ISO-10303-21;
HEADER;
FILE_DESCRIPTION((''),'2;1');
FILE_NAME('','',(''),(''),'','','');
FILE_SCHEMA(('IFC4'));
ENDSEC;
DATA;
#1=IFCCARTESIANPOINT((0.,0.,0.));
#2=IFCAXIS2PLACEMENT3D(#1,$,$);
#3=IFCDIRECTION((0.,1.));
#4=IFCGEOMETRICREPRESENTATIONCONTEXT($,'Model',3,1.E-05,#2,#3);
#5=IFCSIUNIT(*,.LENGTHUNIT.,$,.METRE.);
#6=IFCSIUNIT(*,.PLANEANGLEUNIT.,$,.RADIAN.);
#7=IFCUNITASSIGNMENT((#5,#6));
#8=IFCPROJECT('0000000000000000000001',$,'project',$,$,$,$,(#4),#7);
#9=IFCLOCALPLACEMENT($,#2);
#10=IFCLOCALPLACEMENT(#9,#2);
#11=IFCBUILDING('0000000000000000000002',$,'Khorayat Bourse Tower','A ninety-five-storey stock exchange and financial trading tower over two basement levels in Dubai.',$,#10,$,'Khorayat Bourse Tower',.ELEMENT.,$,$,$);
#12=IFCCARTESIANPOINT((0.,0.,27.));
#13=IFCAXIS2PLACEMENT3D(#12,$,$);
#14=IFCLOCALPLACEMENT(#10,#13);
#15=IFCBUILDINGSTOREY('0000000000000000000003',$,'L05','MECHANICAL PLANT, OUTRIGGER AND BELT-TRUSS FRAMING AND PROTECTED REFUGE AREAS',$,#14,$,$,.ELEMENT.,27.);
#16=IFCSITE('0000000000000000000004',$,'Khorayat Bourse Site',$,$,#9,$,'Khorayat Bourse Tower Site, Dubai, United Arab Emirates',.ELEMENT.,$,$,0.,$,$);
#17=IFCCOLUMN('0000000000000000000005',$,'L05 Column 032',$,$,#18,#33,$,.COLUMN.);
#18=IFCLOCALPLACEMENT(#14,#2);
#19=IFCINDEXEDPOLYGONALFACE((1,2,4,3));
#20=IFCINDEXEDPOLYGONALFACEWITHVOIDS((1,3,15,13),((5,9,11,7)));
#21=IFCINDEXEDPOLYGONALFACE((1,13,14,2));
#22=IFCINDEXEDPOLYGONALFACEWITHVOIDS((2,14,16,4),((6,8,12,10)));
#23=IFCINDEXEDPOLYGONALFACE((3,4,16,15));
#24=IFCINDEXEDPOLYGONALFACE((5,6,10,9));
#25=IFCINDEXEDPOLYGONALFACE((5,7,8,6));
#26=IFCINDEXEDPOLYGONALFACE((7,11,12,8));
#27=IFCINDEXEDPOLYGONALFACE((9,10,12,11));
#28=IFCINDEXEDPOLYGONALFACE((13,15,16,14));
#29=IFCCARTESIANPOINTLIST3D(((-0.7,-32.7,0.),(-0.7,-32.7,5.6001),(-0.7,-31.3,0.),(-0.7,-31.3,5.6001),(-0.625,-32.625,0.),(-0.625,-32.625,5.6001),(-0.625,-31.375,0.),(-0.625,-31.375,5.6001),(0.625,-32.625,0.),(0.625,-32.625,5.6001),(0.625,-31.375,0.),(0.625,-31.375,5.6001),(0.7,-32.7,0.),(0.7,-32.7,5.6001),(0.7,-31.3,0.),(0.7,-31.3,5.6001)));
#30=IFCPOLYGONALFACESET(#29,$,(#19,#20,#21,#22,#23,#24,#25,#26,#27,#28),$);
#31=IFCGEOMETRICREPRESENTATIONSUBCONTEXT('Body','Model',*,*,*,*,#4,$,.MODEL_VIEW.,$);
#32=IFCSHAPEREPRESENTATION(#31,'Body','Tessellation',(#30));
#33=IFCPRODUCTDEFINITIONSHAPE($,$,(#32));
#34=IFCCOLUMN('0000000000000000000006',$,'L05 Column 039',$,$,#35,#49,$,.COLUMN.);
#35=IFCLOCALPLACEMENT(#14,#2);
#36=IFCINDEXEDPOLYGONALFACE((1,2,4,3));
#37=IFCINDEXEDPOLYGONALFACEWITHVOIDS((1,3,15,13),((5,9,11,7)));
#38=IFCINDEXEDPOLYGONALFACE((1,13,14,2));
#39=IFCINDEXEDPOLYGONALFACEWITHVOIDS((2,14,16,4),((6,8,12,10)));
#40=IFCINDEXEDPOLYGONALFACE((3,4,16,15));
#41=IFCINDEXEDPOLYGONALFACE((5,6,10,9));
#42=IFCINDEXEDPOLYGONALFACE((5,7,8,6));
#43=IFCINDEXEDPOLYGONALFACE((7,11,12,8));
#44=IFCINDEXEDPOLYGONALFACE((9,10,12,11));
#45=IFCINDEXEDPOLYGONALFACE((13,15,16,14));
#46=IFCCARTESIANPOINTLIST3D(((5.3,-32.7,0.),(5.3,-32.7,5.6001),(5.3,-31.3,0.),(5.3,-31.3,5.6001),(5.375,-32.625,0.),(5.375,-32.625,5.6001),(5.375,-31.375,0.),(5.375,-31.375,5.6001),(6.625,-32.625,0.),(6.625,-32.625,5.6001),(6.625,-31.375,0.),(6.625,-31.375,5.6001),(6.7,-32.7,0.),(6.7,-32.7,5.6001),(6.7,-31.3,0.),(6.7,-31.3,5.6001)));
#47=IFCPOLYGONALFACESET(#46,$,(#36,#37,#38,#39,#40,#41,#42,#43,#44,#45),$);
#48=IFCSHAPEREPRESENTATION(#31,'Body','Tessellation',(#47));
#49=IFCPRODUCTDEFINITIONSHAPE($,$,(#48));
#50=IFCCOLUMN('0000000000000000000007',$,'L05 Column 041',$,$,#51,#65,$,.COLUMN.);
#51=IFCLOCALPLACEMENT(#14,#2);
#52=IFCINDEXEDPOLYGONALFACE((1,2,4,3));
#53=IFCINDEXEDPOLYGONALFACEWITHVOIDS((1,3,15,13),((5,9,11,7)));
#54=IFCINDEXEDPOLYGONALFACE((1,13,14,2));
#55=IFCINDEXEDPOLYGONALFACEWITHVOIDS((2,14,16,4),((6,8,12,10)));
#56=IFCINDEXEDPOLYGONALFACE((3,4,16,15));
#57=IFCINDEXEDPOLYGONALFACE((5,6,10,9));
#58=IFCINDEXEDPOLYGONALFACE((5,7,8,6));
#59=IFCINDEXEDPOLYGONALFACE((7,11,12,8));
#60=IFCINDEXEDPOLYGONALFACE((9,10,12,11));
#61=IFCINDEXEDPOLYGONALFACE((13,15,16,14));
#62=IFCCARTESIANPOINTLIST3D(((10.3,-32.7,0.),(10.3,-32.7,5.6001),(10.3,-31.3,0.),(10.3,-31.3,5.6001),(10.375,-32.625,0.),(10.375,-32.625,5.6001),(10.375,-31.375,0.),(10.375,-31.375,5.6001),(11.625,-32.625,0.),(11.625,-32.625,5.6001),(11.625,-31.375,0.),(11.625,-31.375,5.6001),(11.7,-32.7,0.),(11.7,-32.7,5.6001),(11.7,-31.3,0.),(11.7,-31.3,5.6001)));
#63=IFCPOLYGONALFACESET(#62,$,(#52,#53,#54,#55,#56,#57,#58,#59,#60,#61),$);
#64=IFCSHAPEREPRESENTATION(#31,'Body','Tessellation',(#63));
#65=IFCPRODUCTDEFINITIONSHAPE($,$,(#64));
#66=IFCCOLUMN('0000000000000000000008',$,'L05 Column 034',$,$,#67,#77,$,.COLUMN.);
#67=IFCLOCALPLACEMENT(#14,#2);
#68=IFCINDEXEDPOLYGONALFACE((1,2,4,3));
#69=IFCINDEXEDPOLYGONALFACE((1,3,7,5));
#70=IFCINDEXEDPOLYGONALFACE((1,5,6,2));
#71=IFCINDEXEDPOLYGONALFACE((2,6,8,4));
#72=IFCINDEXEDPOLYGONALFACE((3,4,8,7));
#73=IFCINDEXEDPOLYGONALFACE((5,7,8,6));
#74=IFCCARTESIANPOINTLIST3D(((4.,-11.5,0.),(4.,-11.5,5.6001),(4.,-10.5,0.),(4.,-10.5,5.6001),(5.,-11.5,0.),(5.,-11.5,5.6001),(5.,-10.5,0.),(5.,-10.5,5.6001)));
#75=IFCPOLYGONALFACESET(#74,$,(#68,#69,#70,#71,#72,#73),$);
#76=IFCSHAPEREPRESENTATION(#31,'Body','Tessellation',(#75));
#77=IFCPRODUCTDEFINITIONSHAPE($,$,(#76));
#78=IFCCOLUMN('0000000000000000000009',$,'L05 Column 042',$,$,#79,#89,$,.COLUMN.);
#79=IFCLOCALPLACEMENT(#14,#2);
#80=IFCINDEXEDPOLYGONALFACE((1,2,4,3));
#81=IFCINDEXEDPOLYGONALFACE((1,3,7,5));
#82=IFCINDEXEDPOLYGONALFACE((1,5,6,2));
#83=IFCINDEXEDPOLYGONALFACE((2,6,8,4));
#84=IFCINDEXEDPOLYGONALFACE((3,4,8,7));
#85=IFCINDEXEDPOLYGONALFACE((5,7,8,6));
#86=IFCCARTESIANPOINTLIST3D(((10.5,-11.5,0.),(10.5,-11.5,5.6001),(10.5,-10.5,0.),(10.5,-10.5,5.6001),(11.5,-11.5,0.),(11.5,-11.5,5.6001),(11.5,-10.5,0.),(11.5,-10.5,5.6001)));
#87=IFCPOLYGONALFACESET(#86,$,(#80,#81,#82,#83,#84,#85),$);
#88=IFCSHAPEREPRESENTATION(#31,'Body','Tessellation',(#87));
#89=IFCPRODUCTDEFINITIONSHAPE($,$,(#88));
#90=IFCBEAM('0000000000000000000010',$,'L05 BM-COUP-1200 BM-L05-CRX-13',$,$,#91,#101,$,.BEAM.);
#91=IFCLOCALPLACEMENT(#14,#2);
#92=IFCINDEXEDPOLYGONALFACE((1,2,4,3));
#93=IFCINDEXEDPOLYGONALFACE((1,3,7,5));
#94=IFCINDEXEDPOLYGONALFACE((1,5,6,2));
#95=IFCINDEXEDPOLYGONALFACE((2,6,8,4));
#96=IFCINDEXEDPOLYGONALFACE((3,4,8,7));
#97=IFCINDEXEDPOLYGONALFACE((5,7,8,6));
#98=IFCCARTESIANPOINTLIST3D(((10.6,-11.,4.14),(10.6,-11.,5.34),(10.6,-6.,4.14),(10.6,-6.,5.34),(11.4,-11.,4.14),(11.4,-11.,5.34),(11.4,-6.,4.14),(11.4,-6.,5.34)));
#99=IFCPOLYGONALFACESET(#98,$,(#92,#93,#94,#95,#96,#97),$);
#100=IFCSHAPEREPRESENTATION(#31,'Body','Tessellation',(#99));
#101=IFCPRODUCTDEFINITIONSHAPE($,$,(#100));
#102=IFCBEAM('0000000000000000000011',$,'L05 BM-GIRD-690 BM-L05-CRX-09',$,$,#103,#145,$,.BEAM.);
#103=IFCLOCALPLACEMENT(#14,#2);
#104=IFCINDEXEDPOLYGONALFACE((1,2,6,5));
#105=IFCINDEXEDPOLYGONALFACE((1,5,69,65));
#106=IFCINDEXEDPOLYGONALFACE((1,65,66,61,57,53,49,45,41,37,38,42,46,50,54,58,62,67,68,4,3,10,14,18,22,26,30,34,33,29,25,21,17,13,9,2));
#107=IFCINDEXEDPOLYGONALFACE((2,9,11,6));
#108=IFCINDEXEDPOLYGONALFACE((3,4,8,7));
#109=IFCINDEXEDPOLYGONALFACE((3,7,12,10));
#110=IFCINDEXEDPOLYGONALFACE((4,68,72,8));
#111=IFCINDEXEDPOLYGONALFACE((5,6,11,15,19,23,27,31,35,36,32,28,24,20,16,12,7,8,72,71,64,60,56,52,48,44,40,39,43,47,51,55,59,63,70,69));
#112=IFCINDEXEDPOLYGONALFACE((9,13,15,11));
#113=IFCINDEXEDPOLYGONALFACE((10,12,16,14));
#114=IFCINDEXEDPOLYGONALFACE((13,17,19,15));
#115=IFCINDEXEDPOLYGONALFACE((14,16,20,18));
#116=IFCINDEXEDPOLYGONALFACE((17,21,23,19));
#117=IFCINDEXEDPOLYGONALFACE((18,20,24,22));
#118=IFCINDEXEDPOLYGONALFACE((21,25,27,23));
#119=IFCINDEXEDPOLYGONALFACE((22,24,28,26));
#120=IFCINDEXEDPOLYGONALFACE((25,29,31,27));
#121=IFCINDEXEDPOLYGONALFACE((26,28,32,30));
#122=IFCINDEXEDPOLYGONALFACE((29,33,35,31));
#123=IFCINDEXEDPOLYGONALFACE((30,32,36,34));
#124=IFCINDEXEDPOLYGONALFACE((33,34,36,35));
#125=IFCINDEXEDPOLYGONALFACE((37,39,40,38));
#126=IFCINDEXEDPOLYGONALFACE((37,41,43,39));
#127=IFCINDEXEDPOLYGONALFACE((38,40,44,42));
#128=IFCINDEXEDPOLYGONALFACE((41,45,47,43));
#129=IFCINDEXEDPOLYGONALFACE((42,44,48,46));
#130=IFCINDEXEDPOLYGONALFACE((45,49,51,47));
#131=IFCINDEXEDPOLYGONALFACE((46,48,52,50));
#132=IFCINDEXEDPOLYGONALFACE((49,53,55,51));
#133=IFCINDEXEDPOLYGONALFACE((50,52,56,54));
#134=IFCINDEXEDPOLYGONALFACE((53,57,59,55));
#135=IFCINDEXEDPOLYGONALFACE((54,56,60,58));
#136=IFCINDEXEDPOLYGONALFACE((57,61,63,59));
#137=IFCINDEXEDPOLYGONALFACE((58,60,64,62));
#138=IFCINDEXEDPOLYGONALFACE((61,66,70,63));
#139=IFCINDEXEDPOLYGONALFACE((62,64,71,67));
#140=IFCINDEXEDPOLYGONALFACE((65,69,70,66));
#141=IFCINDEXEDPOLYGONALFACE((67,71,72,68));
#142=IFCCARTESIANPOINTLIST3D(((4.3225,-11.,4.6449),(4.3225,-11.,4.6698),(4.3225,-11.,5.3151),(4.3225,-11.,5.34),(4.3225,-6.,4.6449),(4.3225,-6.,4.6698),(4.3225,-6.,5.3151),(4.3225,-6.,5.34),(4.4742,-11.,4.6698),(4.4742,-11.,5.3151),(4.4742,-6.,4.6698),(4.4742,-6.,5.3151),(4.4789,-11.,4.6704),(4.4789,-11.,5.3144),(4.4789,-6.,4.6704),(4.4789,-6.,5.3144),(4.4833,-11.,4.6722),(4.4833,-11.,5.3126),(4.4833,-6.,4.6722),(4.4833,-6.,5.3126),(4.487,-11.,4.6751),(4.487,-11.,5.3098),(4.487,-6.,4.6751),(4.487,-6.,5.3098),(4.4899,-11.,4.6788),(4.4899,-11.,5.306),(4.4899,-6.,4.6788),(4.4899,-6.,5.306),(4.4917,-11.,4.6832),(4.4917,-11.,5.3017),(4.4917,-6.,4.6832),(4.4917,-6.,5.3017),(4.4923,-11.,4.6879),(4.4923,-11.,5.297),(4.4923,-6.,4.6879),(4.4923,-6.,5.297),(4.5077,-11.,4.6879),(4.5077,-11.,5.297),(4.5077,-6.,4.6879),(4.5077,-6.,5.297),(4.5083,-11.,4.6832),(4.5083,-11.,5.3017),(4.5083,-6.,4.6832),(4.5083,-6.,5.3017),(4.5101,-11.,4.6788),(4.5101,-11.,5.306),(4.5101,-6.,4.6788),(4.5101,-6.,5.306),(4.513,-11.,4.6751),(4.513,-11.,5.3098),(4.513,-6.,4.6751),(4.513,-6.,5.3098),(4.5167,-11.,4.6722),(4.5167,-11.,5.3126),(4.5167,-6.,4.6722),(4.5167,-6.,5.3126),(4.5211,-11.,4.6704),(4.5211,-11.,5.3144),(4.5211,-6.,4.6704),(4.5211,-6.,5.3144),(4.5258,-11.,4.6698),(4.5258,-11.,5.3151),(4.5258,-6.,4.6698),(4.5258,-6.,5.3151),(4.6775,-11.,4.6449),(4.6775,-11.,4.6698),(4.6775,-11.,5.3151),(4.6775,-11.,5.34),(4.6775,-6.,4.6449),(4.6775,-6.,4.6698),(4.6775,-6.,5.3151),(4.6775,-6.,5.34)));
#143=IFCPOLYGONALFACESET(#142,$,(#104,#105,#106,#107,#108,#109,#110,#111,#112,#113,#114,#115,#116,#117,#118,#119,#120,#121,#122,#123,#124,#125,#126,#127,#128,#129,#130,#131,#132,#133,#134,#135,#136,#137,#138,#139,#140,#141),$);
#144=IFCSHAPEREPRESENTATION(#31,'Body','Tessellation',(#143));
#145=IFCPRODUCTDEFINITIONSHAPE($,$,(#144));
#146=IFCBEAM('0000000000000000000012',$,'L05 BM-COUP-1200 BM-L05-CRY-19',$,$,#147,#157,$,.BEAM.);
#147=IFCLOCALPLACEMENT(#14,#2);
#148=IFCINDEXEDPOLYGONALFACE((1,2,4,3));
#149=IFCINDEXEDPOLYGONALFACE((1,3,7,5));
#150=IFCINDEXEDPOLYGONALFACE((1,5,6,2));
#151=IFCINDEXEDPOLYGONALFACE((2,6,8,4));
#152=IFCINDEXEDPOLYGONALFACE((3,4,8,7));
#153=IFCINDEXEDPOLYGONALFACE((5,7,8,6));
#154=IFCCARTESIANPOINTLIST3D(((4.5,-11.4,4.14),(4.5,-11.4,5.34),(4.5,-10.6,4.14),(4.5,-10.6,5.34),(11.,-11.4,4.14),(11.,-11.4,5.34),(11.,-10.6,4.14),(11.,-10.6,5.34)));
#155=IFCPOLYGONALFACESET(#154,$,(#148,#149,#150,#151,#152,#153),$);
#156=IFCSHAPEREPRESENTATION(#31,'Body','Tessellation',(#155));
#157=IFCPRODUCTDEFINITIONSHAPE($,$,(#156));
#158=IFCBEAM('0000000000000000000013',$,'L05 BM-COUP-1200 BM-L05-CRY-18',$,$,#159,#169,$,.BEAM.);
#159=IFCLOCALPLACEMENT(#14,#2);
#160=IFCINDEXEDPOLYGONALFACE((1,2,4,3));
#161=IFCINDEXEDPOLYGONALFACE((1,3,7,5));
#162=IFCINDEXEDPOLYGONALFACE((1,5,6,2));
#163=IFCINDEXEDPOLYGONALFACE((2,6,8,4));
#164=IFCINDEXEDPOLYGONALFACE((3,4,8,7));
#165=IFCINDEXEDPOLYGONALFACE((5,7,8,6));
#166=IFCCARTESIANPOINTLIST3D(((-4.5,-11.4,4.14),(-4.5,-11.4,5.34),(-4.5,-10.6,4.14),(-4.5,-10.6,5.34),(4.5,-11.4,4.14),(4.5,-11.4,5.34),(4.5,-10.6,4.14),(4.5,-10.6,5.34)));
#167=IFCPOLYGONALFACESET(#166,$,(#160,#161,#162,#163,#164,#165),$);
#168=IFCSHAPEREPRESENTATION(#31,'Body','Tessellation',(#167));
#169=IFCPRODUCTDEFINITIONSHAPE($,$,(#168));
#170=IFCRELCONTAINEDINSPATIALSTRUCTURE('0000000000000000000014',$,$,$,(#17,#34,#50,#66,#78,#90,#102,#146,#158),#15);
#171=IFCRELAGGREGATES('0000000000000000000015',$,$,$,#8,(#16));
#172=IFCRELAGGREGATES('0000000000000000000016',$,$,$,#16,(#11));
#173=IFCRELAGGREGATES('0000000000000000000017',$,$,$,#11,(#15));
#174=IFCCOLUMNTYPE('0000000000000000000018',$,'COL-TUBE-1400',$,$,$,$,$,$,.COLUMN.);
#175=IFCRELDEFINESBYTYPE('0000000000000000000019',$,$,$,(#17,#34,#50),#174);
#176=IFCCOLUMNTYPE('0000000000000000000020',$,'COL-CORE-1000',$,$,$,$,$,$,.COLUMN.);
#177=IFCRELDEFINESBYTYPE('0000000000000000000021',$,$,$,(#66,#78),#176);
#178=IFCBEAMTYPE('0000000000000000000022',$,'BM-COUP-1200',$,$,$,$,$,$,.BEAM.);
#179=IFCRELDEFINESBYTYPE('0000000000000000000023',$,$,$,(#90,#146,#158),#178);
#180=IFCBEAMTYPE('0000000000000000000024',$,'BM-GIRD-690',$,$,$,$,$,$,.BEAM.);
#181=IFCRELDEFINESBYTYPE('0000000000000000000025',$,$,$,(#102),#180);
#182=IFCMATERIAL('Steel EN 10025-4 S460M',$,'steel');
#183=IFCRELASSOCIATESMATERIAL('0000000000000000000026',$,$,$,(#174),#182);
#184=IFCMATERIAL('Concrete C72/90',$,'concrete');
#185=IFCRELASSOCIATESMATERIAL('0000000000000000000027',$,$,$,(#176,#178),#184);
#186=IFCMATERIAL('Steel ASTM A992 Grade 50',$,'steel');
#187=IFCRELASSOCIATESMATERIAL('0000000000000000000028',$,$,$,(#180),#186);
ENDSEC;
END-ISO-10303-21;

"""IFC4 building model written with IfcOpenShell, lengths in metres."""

from ifc_helpers import new_model, si_unit, direction, frame, origin, origin_2d, place, context, subcontext, project, spatial, rectangle, hollow_rectangle, i_section, extrude, source, transform, mapped, material, material_profile, profile_set, type_object, element, save


model = new_model("IFC4")

# Units and contexts
model_context = context("Model", 3, precision=1e-05, world=origin(), true_north=direction((0.0, 1.0)))
body_context = subcontext(model_context, "Body", "Model", "MODEL_VIEW")
ifc_project = project(units=[si_unit("LENGTHUNIT", "METRE"), si_unit("PLANEANGLEUNIT", "RADIAN")], contexts=[model_context])

# Site, building, storey
site_placement = place(None, origin())
site = spatial("IfcSite", under=ifc_project, at=site_placement, Name="Khorayat Bourse Site", LongName="Khorayat Bourse Tower Site, Dubai, United Arab Emirates", CompositionType="ELEMENT", RefElevation=0.0)
building_placement = place(site_placement, origin())
building = spatial("IfcBuilding", under=site, at=building_placement, Name="Khorayat Bourse Tower", Description="A ninety-five-storey stock exchange and financial trading tower over two basement levels in Dubai.", LongName="Khorayat Bourse Tower", CompositionType="ELEMENT")
storey_placement = place(building_placement, frame((0.0, 0.0, 27.0)))
storey = spatial("IfcBuildingStorey", under=building, at=storey_placement, Name="L05", Description="MECHANICAL PLANT, OUTRIGGER AND BELT-TRUSS FRAMING AND PROTECTED REFUGE AREAS", CompositionType="ELEMENT", Elevation=27.0)

# Columns
ifc_material_1 = material(Name="Steel EN 10025-4 S460M", Category="steel")
ifc_material_profile_1 = material_profile(ifc_material_1, hollow_rectangle(XDim=1.3999, YDim=1.3999, WallThickness=0.075, at=origin_2d()), Name="BOX 1400x1400x75")
ifc_profile_set_1 = profile_set([ifc_material_profile_1], Name="Steel EN 10025-4 S460M")
column_type_1 = type_object("IfcColumnType", Name="COL-TUBE-1400", PredefinedType="COLUMN", material=ifc_profile_set_1)
shared_shape_1 = source(origin(), body_context, "Body", "SweptSolid", [
    extrude(hollow_rectangle(XDim=1.3999, YDim=1.3999, WallThickness=0.075, at=origin_2d()), origin(), (0.0, 0.0, 1.0), 5.6001),
])
for number, where, z_axis, x_axis, name in (
    (1, (0.0, -32.0, 0.0), (0.0, 0.0, 1.0), (1.0, 0.0, 0.0), "L05 Column 032"),
    (2, (6.0, -32.0, 0.0), (0.0, 0.0, 1.0), (1.0, 0.0, 0.0), "L05 Column 039"),
    (3, (11.0, -32.0, 0.0), (0.0, 0.0, 1.0), (1.0, 0.0, 0.0), "L05 Column 041"),
):
    element("IfcColumn", number, at=place(storey_placement, frame(where, z_axis=z_axis, x_axis=x_axis)), inside=storey, type_object=column_type_1, Name=name, PredefinedType="COLUMN", context=body_context, shape_type="MappedRepresentation", body=[
        mapped(shared_shape_1, transform((0.0, 0.0, 0.0), scale=1.0)),
    ])
ifc_material_2 = material(Name="Concrete C72/90", Category="concrete")
ifc_material_profile_2 = material_profile(ifc_material_2, rectangle(XDim=1.0, YDim=1.0, at=origin_2d()), Name="RC 1000x1000")
ifc_profile_set_2 = profile_set([ifc_material_profile_2], Name="Concrete C72/90")
column_type_2 = type_object("IfcColumnType", Name="COL-CORE-1000", PredefinedType="COLUMN", material=ifc_profile_set_2)
shared_shape_2 = source(origin(), body_context, "Body", "SweptSolid", [
    extrude(rectangle(XDim=1.0, YDim=1.0, at=origin_2d()), origin(), (0.0, 0.0, 1.0), 5.6001),
])
for number, where, z_axis, x_axis, name in (
    (4, (4.5, -11.0, 0.0), (0.0, 0.0, 1.0), (1.0, 0.0, 0.0), "L05 Column 034"),
    (5, (11.0, -11.0, 0.0), (0.0, 0.0, 1.0), (1.0, 0.0, 0.0), "L05 Column 042"),
):
    element("IfcColumn", number, at=place(storey_placement, frame(where, z_axis=z_axis, x_axis=x_axis)), inside=storey, type_object=column_type_2, Name=name, PredefinedType="COLUMN", context=body_context, shape_type="MappedRepresentation", body=[
        mapped(shared_shape_2, transform((0.0, 0.0, 0.0), scale=1.0)),
    ])

# Beams
ifc_material_profile_3 = material_profile(ifc_material_2, rectangle(XDim=0.8, YDim=1.2, at=origin_2d()), Name="RC 800x1200")
ifc_profile_set_3 = profile_set([ifc_material_profile_3], Name="Concrete C72/90")
beam_type_1 = type_object("IfcBeamType", Name="BM-COUP-1200", PredefinedType="BEAM", material=ifc_profile_set_3)
shared_shape_3 = source(origin(), body_context, "Body", "SweptSolid", [
    extrude(rectangle(XDim=0.8, YDim=1.2, at=origin_2d()), origin(), (0.0, 0.0, 1.0), 5.0),
])
beam_1_placement = place(storey_placement, frame((11.0, -11.0, 4.74), z_axis=(0.0, 1.0, 0.0), x_axis=(-1.0, 0.0, 0.0)))
element("IfcBeam", 6, at=beam_1_placement, inside=storey, type_object=beam_type_1, Name="L05 BM-COUP-1200 BM-L05-CRX-13", PredefinedType="BEAM", context=body_context, shape_type="MappedRepresentation", body=[
    mapped(shared_shape_3, transform((0.0, 0.0, 0.0), scale=1.0)),
])
ifc_material_3 = material(Name="Steel ASTM A992 Grade 50", Category="steel")
ifc_material_profile_4 = material_profile(ifc_material_3, i_section(OverallWidth=0.355, OverallDepth=0.6951, WebThickness=0.0154, FlangeThickness=0.0249, FilletRadius=0.0181, at=origin_2d()), Name="W690X217")
ifc_profile_set_4 = profile_set([ifc_material_profile_4], Name="Steel ASTM A992 Grade 50")
beam_type_2 = type_object("IfcBeamType", Name="BM-GIRD-690", PredefinedType="BEAM", material=ifc_profile_set_4)
shared_shape_4 = source(origin(), body_context, "Body", "SweptSolid", [
    extrude(i_section(OverallWidth=0.355, OverallDepth=0.6951, WebThickness=0.0154, FlangeThickness=0.0249, FilletRadius=0.0181, at=origin_2d()), origin(), (0.0, 0.0, 1.0), 5.0),
])
beam_2_placement = place(storey_placement, frame((4.5, -11.0, 4.9924), z_axis=(0.0, 1.0, 0.0), x_axis=(-1.0, 0.0, 0.0)))
element("IfcBeam", 7, at=beam_2_placement, inside=storey, type_object=beam_type_2, Name="L05 BM-GIRD-690 BM-L05-CRX-09", PredefinedType="BEAM", context=body_context, shape_type="MappedRepresentation", body=[
    mapped(shared_shape_4, transform((0.0, 0.0, 0.0), scale=1.0)),
])
shared_shape_5 = source(origin(), body_context, "Body", "SweptSolid", [
    extrude(rectangle(XDim=0.8, YDim=1.2, at=origin_2d()), origin(), (0.0, 0.0, 1.0), 6.5),
])
beam_3_placement = place(storey_placement, frame((4.5, -11.0, 4.74), z_axis=(1.0, 0.0, 0.0), x_axis=(0.0, 1.0, 0.0)))
element("IfcBeam", 8, at=beam_3_placement, inside=storey, type_object=beam_type_1, Name="L05 BM-COUP-1200 BM-L05-CRY-19", PredefinedType="BEAM", context=body_context, shape_type="MappedRepresentation", body=[
    mapped(shared_shape_5, transform((0.0, 0.0, 0.0), scale=1.0)),
])
shared_shape_6 = source(origin(), body_context, "Body", "SweptSolid", [
    extrude(rectangle(XDim=0.8, YDim=1.2, at=origin_2d()), origin(), (0.0, 0.0, 1.0), 9.0),
])
beam_4_placement = place(storey_placement, frame((-4.5, -11.0, 4.74), z_axis=(1.0, 0.0, 0.0), x_axis=(0.0, 1.0, 0.0)))
element("IfcBeam", 9, at=beam_4_placement, inside=storey, type_object=beam_type_1, Name="L05 BM-COUP-1200 BM-L05-CRY-18", PredefinedType="BEAM", context=body_context, shape_type="MappedRepresentation", body=[
    mapped(shared_shape_6, transform((0.0, 0.0, 0.0), scale=1.0)),
])

save(model, "model.ifc")
